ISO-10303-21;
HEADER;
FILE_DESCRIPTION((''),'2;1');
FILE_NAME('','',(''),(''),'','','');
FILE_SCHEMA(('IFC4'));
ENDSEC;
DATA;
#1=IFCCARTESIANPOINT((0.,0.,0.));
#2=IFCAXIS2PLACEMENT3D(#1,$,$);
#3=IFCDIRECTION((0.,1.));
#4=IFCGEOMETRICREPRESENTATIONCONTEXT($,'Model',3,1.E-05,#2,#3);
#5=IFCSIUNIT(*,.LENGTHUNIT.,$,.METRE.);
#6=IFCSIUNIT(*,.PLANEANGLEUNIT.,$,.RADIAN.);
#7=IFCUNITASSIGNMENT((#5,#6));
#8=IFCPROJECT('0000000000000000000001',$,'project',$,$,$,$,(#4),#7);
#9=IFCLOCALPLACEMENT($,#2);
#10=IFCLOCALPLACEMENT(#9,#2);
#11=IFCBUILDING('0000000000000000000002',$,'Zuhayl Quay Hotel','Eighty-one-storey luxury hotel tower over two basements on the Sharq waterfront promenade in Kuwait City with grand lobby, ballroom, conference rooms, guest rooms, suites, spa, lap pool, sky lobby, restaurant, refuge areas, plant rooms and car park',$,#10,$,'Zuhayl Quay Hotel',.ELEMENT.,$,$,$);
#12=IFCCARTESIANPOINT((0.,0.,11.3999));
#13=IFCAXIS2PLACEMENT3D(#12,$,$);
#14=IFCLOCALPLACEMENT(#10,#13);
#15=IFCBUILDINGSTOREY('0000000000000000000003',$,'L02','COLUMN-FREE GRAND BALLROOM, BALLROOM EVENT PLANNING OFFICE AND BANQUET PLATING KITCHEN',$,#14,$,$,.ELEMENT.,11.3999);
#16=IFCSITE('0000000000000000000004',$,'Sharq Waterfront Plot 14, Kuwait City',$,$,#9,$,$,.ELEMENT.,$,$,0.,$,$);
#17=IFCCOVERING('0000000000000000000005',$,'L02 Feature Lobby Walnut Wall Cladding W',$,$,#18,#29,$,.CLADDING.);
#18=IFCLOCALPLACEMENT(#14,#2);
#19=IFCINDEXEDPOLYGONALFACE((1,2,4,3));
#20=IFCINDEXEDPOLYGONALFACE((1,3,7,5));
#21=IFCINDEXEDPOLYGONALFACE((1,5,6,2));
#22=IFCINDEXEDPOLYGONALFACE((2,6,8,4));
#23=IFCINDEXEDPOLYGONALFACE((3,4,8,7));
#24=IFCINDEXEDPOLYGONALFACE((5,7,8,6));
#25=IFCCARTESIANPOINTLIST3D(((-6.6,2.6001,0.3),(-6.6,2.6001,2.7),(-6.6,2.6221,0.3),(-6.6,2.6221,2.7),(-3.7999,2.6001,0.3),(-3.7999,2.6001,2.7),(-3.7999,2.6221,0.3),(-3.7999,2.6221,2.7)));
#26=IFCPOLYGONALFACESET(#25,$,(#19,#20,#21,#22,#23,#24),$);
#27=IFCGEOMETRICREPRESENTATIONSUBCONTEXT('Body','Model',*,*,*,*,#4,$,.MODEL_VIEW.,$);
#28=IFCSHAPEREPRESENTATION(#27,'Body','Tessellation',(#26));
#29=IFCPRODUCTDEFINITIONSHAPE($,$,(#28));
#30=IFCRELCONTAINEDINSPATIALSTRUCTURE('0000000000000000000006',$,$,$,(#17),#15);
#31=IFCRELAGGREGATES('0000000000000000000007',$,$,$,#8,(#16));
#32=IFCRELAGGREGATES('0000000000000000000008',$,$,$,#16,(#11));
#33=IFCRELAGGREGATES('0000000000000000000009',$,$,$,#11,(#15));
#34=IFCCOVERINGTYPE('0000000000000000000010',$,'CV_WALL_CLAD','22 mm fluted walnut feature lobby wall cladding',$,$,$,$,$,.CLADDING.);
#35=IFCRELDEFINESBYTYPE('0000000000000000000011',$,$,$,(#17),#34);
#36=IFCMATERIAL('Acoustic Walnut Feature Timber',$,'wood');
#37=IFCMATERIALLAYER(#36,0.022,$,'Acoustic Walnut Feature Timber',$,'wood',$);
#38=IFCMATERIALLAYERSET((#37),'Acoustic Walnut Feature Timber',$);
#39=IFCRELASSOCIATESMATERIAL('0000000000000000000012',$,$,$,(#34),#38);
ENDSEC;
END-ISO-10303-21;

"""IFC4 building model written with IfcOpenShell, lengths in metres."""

from ifc_helpers import new_model, si_unit, direction, frame, origin, origin_2d, place, context, subcontext, project, spatial, rectangle, extrude, material, layer, layer_set, type_object, element, save


model = new_model("IFC4")

# Units and contexts
model_context = context("Model", 3, precision=1e-05, world=origin(), true_north=direction((0.0, 1.0)))
body_context = subcontext(model_context, "Body", "Model", "MODEL_VIEW")
ifc_project = project(units=[si_unit("LENGTHUNIT", "METRE"), si_unit("PLANEANGLEUNIT", "RADIAN")], contexts=[model_context])

# Site, building, storey
site_placement = place(None, origin())
site = spatial("IfcSite", under=ifc_project, at=site_placement, Name="Sharq Waterfront Plot 14, Kuwait City", CompositionType="ELEMENT", RefElevation=0.0)
building_placement = place(site_placement, origin())
building = spatial("IfcBuilding", under=site, at=building_placement, Name="Zuhayl Quay Hotel", Description="Eighty-one-storey luxury hotel tower over two basements on the Sharq waterfront promenade in Kuwait City with grand lobby, ballroom, conference rooms, guest rooms, suites, spa, lap pool, sky lobby, restaurant, refuge areas, plant rooms and car park", LongName="Zuhayl Quay Hotel", CompositionType="ELEMENT")
storey_placement = place(building_placement, frame((0.0, 0.0, 11.3999)))
storey = spatial("IfcBuildingStorey", under=building, at=storey_placement, Name="L02", Description="COLUMN-FREE GRAND BALLROOM, BALLROOM EVENT PLANNING OFFICE AND BANQUET PLATING KITCHEN", CompositionType="ELEMENT", Elevation=11.3999)

# Covering
ifc_material_1 = material(Name="Acoustic Walnut Feature Timber", Category="wood")
ifc_layer_1 = layer(ifc_material_1, 0.022, Name="Acoustic Walnut Feature Timber", Category="wood")
ifc_layer_set_1 = layer_set([ifc_layer_1], Name="Acoustic Walnut Feature Timber")
covering_type = type_object("IfcCoveringType", Name="CV_WALL_CLAD", Description="22 mm fluted walnut feature lobby wall cladding", PredefinedType="CLADDING", material=ifc_layer_set_1)
covering_placement = place(storey_placement, frame((-5.2, 2.6111, 0.3), z_axis=(0.0, 0.0, 1.0), x_axis=(1.0, 0.0, 0.0)))
element("IfcCovering", 1, at=covering_placement, inside=storey, type_object=covering_type, Name="L02 Feature Lobby Walnut Wall Cladding W", PredefinedType="CLADDING", context=body_context, shape_type="SweptSolid", body=[
    extrude(rectangle(XDim=2.8, YDim=0.022, at=origin_2d()), origin(), (0.0, 0.0, 1.0), 2.3999),
])

save(model, "model.ifc")
